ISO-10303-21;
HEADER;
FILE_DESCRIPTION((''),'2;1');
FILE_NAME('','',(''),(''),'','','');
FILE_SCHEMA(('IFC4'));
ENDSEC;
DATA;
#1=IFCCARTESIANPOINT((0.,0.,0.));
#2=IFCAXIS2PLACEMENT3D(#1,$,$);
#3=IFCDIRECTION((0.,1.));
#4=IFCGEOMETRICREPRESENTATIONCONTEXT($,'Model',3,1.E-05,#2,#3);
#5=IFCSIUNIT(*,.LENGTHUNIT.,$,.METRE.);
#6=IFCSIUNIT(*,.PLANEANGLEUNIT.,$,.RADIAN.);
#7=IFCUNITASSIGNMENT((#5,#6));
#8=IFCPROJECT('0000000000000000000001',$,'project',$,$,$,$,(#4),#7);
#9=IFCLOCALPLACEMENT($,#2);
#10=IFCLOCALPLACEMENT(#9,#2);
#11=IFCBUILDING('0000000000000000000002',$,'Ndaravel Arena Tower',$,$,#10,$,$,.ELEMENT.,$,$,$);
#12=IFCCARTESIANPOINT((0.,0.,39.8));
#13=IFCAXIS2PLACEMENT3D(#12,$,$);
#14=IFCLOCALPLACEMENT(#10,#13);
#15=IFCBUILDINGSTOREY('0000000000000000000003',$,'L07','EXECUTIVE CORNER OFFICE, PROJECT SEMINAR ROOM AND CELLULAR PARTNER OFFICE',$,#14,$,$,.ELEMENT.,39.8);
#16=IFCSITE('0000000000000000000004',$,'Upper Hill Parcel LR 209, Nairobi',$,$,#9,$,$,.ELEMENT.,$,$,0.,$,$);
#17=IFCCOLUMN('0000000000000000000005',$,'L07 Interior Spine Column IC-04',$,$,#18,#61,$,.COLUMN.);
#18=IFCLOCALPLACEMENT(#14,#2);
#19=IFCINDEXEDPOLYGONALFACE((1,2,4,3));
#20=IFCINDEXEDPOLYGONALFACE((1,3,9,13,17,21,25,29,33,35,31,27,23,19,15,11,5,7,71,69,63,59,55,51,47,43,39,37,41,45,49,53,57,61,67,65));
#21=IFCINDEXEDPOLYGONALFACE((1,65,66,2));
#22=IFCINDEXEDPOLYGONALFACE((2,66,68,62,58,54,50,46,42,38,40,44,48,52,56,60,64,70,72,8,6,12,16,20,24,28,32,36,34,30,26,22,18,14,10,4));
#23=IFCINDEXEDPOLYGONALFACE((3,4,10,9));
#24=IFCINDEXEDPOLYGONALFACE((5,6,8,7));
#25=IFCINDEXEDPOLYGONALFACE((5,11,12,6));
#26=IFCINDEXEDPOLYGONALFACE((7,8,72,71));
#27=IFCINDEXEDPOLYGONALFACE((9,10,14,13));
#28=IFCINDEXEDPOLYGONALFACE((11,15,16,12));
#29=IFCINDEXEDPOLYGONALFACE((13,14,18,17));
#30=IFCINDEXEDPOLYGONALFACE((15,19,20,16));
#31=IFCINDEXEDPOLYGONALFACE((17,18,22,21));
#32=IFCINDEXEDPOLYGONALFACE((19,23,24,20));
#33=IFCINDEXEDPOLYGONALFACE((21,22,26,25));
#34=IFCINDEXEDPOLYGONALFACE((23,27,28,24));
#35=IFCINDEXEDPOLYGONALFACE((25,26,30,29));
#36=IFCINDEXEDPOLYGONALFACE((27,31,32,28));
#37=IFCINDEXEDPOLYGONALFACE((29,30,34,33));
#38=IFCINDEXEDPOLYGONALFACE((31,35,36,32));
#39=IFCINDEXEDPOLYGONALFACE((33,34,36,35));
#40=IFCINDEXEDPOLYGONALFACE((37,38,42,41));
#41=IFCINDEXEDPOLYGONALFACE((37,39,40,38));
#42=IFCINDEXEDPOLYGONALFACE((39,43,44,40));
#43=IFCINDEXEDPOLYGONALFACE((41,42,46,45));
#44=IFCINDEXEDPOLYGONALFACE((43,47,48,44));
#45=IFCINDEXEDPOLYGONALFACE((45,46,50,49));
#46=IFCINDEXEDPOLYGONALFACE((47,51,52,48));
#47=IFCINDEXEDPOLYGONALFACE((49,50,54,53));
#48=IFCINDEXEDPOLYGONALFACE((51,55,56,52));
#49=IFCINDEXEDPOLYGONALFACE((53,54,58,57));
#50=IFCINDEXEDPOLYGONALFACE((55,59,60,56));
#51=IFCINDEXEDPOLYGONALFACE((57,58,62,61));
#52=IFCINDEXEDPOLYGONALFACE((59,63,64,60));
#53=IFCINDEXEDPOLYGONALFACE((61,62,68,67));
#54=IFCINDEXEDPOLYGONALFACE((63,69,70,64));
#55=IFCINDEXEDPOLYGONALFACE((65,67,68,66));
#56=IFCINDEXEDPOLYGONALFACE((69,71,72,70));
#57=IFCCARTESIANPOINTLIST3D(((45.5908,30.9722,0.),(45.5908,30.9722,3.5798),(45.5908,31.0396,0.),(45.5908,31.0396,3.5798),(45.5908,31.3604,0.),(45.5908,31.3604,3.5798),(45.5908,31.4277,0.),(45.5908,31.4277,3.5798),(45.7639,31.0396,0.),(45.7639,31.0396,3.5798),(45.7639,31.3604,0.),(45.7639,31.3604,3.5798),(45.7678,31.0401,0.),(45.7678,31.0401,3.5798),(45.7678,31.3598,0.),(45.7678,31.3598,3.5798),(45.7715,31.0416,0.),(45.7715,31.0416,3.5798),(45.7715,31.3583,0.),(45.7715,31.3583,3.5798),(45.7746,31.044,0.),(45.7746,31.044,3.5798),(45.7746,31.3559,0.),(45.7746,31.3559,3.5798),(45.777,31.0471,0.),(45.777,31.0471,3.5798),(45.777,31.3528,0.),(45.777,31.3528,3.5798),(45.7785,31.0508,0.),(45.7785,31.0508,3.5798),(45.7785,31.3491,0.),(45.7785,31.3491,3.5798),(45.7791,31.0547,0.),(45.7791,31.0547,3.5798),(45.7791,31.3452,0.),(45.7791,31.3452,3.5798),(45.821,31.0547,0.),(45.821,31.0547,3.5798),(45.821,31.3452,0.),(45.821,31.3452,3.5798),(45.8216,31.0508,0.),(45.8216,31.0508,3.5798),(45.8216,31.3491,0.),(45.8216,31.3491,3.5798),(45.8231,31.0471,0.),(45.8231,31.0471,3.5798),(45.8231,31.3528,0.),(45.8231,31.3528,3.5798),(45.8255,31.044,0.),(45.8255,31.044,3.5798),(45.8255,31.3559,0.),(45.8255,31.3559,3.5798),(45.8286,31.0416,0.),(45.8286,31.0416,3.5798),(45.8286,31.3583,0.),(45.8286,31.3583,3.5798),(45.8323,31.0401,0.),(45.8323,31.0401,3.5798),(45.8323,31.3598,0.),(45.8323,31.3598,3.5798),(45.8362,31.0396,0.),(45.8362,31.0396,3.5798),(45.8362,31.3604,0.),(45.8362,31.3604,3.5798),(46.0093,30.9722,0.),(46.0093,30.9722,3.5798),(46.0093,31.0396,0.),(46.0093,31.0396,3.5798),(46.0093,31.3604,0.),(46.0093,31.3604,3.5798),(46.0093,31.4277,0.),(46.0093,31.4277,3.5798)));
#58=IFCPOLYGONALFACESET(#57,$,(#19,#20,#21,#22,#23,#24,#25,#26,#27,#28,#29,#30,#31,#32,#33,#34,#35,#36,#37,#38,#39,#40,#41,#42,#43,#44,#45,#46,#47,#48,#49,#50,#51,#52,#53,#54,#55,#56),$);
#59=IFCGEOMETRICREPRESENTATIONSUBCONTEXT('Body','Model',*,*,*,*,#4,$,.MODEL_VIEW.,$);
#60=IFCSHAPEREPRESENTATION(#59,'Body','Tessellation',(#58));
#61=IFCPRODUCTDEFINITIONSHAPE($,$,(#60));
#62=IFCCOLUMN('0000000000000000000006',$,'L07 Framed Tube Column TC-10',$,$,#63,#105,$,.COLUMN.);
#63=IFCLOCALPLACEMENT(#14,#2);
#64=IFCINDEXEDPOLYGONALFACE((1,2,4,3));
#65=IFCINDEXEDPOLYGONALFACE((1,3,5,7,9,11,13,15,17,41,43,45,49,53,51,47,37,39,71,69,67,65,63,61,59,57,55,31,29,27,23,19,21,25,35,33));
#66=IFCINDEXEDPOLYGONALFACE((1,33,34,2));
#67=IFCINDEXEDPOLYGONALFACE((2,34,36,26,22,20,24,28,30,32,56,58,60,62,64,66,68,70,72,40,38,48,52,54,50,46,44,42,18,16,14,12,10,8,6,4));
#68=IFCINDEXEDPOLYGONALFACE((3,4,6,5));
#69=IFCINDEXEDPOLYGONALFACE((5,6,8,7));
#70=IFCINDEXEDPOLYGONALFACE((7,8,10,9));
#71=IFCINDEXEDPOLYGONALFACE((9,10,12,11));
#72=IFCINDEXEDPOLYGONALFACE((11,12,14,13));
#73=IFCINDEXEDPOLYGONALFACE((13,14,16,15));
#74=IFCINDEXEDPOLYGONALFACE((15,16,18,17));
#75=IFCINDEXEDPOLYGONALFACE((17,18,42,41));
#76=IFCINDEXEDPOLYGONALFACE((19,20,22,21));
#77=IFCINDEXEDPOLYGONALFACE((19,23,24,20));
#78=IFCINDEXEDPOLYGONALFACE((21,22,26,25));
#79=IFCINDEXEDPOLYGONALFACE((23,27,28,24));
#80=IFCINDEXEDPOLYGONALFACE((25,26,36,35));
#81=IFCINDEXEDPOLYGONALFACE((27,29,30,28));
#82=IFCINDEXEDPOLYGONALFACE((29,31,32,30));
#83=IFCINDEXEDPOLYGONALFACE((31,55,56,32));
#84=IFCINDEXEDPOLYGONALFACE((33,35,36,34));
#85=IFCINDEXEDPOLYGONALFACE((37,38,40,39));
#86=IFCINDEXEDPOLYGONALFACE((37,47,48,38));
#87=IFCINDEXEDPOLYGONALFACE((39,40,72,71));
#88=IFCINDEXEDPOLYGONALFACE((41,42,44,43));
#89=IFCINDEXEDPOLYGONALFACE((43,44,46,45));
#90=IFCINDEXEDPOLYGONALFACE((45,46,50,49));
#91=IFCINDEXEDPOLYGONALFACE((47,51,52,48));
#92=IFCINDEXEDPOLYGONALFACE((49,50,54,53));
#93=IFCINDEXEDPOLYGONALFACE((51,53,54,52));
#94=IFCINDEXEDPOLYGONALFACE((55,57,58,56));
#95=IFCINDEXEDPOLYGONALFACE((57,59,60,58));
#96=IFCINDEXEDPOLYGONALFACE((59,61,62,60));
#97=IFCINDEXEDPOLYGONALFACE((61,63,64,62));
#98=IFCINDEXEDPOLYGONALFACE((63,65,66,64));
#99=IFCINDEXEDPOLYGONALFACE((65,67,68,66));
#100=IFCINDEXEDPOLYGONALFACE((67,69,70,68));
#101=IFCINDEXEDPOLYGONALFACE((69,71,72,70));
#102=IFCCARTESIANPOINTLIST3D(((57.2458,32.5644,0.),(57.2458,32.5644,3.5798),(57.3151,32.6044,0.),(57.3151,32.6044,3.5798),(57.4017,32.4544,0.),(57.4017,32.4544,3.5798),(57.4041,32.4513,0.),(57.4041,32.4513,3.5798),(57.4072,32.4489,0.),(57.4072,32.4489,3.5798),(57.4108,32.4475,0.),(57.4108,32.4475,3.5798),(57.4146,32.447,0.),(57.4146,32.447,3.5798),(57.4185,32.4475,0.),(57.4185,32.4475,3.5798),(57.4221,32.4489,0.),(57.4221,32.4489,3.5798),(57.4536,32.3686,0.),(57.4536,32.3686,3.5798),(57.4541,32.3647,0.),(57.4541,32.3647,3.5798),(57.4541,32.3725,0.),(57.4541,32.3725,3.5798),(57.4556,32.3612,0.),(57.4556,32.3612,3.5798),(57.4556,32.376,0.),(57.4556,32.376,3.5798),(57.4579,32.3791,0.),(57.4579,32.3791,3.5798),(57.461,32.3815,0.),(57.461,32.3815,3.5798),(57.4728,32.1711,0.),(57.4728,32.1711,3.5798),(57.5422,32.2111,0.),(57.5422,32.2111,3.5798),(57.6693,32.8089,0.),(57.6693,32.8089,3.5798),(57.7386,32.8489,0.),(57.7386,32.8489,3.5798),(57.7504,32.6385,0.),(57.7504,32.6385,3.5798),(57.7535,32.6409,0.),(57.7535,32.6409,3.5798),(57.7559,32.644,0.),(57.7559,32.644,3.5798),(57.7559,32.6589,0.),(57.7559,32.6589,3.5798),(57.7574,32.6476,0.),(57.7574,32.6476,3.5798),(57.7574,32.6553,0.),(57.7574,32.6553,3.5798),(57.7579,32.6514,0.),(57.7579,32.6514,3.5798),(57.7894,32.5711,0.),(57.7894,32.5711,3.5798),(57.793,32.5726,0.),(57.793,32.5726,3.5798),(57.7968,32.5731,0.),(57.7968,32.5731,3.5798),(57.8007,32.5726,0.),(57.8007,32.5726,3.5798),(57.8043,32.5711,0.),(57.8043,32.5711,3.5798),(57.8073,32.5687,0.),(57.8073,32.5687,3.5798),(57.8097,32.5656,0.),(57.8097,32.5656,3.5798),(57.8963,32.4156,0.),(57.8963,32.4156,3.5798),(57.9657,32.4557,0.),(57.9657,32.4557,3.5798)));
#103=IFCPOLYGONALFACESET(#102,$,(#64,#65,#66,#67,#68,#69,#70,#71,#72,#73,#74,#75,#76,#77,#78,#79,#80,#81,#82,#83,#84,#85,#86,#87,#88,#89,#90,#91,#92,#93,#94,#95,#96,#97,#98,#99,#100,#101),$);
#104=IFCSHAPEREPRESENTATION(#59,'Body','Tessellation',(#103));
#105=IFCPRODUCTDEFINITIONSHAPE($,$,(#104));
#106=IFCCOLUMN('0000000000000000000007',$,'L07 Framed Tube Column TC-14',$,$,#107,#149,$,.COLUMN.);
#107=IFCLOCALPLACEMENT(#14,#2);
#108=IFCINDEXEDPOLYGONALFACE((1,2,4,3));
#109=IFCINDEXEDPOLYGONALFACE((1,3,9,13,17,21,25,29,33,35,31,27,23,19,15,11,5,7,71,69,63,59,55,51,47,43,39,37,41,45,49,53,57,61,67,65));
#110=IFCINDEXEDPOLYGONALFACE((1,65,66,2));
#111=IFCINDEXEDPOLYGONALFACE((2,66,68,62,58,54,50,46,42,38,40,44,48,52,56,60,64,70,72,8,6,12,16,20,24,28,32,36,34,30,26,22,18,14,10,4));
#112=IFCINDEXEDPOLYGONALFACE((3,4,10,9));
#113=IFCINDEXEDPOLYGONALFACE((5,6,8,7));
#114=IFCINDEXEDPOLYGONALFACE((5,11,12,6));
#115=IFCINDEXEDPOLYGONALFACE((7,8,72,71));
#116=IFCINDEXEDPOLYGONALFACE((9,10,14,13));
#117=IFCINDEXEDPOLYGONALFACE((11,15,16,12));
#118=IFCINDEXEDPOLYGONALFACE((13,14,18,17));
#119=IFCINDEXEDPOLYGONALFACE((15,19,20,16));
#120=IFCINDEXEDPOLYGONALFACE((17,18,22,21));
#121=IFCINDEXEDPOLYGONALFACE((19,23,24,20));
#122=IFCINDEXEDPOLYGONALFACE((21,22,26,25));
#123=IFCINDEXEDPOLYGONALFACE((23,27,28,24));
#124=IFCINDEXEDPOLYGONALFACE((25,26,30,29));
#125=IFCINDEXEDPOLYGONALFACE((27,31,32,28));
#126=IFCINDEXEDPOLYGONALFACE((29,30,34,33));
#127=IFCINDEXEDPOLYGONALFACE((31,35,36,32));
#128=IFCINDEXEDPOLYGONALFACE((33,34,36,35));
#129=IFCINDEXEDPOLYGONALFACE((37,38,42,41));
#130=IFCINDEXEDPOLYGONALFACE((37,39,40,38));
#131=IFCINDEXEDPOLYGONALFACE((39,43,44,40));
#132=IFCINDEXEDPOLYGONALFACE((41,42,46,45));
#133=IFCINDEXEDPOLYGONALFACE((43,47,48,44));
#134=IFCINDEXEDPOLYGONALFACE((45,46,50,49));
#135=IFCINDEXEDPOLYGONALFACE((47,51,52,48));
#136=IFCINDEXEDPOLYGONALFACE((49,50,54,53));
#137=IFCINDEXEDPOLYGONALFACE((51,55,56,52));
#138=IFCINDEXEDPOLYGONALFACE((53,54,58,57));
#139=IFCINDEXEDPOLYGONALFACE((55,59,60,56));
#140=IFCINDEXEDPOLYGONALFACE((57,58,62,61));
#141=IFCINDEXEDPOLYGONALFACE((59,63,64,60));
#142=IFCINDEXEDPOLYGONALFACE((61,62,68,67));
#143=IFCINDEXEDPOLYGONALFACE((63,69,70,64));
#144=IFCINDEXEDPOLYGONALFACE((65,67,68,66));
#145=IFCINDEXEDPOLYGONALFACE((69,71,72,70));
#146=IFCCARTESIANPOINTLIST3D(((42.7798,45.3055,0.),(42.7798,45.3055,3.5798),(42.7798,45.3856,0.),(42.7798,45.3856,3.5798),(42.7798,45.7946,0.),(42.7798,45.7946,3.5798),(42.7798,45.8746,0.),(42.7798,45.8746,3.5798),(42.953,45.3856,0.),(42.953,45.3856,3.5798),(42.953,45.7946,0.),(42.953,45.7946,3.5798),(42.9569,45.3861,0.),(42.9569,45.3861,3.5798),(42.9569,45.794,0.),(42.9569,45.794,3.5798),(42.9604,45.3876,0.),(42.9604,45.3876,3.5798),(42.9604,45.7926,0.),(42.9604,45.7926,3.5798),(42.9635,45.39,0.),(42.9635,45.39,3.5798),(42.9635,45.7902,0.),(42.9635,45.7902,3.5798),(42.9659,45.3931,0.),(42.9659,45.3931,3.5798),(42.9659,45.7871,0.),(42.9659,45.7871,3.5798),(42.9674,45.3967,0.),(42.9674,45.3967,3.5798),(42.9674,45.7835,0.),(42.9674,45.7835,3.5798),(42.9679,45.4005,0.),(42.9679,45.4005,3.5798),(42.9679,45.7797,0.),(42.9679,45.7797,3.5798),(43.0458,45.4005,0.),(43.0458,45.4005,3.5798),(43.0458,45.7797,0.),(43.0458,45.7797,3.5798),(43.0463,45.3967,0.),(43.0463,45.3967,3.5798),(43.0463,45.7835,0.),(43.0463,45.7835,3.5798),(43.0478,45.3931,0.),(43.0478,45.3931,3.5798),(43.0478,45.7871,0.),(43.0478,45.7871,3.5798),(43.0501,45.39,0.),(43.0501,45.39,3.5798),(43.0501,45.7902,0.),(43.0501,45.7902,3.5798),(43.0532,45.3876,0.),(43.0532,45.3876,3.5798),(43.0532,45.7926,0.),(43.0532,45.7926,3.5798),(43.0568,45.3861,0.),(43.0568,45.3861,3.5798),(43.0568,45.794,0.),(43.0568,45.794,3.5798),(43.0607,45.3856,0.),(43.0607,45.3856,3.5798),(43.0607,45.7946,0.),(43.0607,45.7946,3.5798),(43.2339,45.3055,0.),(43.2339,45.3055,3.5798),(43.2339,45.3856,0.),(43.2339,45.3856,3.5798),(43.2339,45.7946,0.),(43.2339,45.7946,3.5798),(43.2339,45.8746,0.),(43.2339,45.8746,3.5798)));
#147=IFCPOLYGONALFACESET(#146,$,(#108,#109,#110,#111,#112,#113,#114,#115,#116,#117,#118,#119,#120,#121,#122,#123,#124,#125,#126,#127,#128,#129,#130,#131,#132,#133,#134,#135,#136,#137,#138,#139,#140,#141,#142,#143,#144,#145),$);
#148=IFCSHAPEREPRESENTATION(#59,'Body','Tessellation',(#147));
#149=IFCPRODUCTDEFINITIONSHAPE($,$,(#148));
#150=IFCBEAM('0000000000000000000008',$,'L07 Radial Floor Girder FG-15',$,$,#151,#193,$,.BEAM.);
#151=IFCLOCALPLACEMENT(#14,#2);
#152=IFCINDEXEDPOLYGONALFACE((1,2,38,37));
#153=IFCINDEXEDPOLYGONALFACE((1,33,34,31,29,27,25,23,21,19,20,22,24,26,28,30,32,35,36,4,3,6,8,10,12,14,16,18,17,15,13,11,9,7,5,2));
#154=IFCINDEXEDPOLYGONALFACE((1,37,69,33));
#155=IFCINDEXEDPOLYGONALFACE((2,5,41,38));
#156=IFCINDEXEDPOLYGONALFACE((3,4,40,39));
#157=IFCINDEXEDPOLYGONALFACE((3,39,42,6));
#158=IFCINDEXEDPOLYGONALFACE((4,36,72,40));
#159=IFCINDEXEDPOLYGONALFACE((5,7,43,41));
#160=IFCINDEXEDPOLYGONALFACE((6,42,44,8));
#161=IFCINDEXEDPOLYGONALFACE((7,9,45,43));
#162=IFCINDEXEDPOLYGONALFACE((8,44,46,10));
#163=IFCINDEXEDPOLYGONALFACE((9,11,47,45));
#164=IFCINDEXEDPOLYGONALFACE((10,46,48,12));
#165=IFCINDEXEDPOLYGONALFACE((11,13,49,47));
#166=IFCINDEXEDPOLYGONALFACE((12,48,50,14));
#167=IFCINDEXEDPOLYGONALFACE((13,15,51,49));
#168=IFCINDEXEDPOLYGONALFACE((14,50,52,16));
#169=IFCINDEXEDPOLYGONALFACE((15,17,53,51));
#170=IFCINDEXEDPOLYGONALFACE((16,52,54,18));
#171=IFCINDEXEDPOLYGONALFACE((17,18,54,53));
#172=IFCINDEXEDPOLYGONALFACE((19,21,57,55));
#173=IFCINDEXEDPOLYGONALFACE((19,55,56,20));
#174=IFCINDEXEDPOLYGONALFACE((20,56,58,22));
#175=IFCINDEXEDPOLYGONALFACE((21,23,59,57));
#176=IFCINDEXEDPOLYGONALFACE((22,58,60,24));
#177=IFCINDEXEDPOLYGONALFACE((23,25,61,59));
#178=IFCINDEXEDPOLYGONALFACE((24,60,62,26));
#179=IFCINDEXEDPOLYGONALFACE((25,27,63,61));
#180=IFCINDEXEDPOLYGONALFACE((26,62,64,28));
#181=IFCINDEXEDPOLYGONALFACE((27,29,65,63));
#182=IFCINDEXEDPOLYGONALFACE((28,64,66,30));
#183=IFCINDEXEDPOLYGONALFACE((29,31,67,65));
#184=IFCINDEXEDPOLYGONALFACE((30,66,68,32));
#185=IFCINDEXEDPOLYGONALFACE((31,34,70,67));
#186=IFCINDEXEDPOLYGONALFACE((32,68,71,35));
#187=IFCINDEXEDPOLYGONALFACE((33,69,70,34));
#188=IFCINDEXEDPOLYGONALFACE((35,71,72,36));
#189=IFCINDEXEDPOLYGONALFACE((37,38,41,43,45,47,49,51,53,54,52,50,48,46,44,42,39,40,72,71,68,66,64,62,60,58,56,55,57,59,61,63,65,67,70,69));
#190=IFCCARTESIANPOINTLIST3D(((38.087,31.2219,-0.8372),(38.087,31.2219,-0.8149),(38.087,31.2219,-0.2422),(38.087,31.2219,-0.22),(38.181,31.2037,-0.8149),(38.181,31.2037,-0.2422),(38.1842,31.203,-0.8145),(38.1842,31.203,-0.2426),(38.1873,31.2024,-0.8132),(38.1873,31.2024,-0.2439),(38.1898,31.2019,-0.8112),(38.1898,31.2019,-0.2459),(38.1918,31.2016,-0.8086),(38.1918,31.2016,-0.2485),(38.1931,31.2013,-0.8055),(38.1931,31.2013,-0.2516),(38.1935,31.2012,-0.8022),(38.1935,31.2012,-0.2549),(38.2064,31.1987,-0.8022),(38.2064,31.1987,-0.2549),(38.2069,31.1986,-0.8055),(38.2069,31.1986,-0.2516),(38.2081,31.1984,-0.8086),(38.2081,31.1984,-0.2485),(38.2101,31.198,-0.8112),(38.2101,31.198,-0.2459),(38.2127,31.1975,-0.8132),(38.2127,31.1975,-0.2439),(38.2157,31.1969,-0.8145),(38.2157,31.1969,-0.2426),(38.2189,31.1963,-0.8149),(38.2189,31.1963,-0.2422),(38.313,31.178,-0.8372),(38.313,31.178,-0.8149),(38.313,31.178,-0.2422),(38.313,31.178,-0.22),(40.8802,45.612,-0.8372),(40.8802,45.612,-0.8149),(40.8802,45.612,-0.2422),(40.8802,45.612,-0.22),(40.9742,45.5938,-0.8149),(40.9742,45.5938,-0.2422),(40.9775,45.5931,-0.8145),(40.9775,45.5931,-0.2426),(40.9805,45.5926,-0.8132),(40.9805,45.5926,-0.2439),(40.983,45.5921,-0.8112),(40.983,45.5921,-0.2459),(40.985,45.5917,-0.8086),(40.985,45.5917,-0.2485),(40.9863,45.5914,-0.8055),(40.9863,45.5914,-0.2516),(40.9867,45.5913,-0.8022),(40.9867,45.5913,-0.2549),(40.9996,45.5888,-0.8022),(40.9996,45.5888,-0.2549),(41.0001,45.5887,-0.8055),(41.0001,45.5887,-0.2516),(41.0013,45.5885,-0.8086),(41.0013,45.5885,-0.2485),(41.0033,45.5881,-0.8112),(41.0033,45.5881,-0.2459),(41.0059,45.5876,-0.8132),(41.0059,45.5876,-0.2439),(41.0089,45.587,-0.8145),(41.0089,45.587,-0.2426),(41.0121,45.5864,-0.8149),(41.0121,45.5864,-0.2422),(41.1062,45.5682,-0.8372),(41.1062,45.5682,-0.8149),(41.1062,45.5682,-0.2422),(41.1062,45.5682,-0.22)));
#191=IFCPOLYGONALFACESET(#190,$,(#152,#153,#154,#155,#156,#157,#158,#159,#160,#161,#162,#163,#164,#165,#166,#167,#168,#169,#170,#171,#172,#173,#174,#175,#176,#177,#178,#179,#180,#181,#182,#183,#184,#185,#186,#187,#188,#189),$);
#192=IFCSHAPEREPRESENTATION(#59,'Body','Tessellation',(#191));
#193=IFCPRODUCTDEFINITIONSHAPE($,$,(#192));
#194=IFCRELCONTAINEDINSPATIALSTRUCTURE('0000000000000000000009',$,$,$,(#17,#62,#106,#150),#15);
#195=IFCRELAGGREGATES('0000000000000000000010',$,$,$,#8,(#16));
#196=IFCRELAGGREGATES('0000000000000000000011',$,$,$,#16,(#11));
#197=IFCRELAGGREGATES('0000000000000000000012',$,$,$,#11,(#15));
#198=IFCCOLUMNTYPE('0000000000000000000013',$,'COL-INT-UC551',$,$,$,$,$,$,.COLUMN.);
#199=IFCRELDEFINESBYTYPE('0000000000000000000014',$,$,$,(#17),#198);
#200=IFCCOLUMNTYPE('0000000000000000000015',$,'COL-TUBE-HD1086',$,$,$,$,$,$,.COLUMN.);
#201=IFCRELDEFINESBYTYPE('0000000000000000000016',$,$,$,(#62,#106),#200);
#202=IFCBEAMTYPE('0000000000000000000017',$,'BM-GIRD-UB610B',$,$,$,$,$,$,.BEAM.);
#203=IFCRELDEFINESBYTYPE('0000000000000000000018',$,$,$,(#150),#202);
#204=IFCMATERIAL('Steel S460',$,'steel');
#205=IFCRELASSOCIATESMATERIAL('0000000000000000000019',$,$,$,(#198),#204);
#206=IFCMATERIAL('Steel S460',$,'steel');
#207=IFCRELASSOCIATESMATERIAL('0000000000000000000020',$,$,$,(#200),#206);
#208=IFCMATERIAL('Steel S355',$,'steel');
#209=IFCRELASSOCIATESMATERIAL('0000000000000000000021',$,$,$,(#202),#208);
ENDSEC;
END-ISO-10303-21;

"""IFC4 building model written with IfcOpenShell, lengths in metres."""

from ifc_helpers import new_model, si_unit, direction, frame, origin, origin_2d, place, context, subcontext, project, spatial, i_section, extrude, material, material_profile, profile_set, type_object, element, save


model = new_model("IFC4")

# Units and contexts
model_context = context("Model", 3, precision=1e-05, world=origin(), true_north=direction((0.0, 1.0)))
body_context = subcontext(model_context, "Body", "Model", "MODEL_VIEW")
ifc_project = project(units=[si_unit("LENGTHUNIT", "METRE"), si_unit("PLANEANGLEUNIT", "RADIAN")], contexts=[model_context])

# Site, building, storey
site_placement = place(None, origin())
site = spatial("IfcSite", under=ifc_project, at=site_placement, Name="Upper Hill Parcel LR 209, Nairobi", CompositionType="ELEMENT", RefElevation=0.0)
building_placement = place(site_placement, origin())
building = spatial("IfcBuilding", under=site, at=building_placement, Name="Ndaravel Arena Tower", CompositionType="ELEMENT")
storey_placement = place(building_placement, frame((0.0, 0.0, 39.8)))
storey = spatial("IfcBuildingStorey", under=building, at=storey_placement, Name="L07", Description="EXECUTIVE CORNER OFFICE, PROJECT SEMINAR ROOM AND CELLULAR PARTNER OFFICE", CompositionType="ELEMENT", Elevation=39.8)

# Columns
ifc_material_1 = material(Name="Steel S460", Category="steel")
ifc_material_profile_1 = material_profile(ifc_material_1, i_section(OverallWidth=0.4185, OverallDepth=0.4556, WebThickness=0.042, FlangeThickness=0.0674, FilletRadius=0.0151, at=origin_2d()), Name="UC 356x406x551")
ifc_profile_set_1 = profile_set([ifc_material_profile_1], Name="Steel S460")
column_type_1 = type_object("IfcColumnType", Name="COL-INT-UC551", PredefinedType="COLUMN", material=ifc_profile_set_1)
column_placement = place(storey_placement, frame((45.8, 31.2, 0.0), z_axis=(0.0, 0.0, 1.0), x_axis=(1.0, 0.0, 0.0)))
element("IfcColumn", 1, at=column_placement, inside=storey, type_object=column_type_1, Name="L07 Interior Spine Column IC-04", PredefinedType="COLUMN", context=body_context, shape_type="SweptSolid", body=[
    extrude(i_section(OverallWidth=0.4185, OverallDepth=0.4556, WebThickness=0.042, FlangeThickness=0.0674, FilletRadius=0.0151, at=origin_2d()), origin(), (0.0, 0.0, 1.0), 3.5798),
])
ifc_material_2 = material(Name="Steel S460", Category="steel")
ifc_material_profile_2 = material_profile(ifc_material_2, i_section(OverallWidth=0.4541, OverallDepth=0.5691, WebThickness=0.0779, FlangeThickness=0.0801, FilletRadius=0.0149, at=origin_2d()), Name="HD 400x1086")
ifc_profile_set_2 = profile_set([ifc_material_profile_2], Name="Steel S460")
column_type_2 = type_object("IfcColumnType", Name="COL-TUBE-HD1086", PredefinedType="COLUMN", material=ifc_profile_set_2)
for number, where, z_axis, x_axis, name in (
    (2, (57.6057, 32.51, 0.0), (0.0, 0.0, 1.0), (-0.5, 0.866025, 0.0), "L07 Framed Tube Column TC-10"),
    (3, (43.0068, 45.5901, 0.0), (0.0, 0.0, 1.0), (1.0, 0.0, 0.0), "L07 Framed Tube Column TC-14"),
):
    element("IfcColumn", number, at=place(storey_placement, frame(where, z_axis=z_axis, x_axis=x_axis)), inside=storey, type_object=column_type_2, Name=name, PredefinedType="COLUMN", context=body_context, shape_type="SweptSolid", body=[
        extrude(i_section(OverallWidth=0.4541, OverallDepth=0.5691, WebThickness=0.0779, FlangeThickness=0.0801, FilletRadius=0.0149, at=origin_2d()), origin(), (0.0, 0.0, 1.0), 3.5798),
    ])

# Beam
ifc_material_3 = material(Name="Steel S355", Category="steel")
ifc_material_profile_3 = material_profile(ifc_material_3, i_section(OverallWidth=0.2302, OverallDepth=0.6172, WebThickness=0.0132, FlangeThickness=0.0222, FilletRadius=0.0127, at=origin_2d()), Name="UB 610x229x140")
ifc_profile_set_3 = profile_set([ifc_material_profile_3], Name="Steel S355")
beam_type_1 = type_object("IfcBeamType", Name="BM-GIRD-UB610B", PredefinedType="BEAM", material=ifc_profile_set_3)
beam_1_placement = place(storey_placement, frame((40.9932, 45.5901, -0.5286), z_axis=(-0.19055, -0.981678, 0.0), x_axis=(0.981678, -0.19055, 0.0)))
element("IfcBeam", 4, at=beam_1_placement, inside=storey, type_object=beam_type_1, Name="L07 Radial Floor Girder FG-15", PredefinedType="BEAM", context=body_context, shape_type="SweptSolid", body=[
    extrude(i_section(OverallWidth=0.2302, OverallDepth=0.6172, WebThickness=0.0132, FlangeThickness=0.0222, FilletRadius=0.0127, at=origin_2d()), origin(), (0.0, 0.0, 1.0), 14.6587),
])

save(model, "model.ifc")
